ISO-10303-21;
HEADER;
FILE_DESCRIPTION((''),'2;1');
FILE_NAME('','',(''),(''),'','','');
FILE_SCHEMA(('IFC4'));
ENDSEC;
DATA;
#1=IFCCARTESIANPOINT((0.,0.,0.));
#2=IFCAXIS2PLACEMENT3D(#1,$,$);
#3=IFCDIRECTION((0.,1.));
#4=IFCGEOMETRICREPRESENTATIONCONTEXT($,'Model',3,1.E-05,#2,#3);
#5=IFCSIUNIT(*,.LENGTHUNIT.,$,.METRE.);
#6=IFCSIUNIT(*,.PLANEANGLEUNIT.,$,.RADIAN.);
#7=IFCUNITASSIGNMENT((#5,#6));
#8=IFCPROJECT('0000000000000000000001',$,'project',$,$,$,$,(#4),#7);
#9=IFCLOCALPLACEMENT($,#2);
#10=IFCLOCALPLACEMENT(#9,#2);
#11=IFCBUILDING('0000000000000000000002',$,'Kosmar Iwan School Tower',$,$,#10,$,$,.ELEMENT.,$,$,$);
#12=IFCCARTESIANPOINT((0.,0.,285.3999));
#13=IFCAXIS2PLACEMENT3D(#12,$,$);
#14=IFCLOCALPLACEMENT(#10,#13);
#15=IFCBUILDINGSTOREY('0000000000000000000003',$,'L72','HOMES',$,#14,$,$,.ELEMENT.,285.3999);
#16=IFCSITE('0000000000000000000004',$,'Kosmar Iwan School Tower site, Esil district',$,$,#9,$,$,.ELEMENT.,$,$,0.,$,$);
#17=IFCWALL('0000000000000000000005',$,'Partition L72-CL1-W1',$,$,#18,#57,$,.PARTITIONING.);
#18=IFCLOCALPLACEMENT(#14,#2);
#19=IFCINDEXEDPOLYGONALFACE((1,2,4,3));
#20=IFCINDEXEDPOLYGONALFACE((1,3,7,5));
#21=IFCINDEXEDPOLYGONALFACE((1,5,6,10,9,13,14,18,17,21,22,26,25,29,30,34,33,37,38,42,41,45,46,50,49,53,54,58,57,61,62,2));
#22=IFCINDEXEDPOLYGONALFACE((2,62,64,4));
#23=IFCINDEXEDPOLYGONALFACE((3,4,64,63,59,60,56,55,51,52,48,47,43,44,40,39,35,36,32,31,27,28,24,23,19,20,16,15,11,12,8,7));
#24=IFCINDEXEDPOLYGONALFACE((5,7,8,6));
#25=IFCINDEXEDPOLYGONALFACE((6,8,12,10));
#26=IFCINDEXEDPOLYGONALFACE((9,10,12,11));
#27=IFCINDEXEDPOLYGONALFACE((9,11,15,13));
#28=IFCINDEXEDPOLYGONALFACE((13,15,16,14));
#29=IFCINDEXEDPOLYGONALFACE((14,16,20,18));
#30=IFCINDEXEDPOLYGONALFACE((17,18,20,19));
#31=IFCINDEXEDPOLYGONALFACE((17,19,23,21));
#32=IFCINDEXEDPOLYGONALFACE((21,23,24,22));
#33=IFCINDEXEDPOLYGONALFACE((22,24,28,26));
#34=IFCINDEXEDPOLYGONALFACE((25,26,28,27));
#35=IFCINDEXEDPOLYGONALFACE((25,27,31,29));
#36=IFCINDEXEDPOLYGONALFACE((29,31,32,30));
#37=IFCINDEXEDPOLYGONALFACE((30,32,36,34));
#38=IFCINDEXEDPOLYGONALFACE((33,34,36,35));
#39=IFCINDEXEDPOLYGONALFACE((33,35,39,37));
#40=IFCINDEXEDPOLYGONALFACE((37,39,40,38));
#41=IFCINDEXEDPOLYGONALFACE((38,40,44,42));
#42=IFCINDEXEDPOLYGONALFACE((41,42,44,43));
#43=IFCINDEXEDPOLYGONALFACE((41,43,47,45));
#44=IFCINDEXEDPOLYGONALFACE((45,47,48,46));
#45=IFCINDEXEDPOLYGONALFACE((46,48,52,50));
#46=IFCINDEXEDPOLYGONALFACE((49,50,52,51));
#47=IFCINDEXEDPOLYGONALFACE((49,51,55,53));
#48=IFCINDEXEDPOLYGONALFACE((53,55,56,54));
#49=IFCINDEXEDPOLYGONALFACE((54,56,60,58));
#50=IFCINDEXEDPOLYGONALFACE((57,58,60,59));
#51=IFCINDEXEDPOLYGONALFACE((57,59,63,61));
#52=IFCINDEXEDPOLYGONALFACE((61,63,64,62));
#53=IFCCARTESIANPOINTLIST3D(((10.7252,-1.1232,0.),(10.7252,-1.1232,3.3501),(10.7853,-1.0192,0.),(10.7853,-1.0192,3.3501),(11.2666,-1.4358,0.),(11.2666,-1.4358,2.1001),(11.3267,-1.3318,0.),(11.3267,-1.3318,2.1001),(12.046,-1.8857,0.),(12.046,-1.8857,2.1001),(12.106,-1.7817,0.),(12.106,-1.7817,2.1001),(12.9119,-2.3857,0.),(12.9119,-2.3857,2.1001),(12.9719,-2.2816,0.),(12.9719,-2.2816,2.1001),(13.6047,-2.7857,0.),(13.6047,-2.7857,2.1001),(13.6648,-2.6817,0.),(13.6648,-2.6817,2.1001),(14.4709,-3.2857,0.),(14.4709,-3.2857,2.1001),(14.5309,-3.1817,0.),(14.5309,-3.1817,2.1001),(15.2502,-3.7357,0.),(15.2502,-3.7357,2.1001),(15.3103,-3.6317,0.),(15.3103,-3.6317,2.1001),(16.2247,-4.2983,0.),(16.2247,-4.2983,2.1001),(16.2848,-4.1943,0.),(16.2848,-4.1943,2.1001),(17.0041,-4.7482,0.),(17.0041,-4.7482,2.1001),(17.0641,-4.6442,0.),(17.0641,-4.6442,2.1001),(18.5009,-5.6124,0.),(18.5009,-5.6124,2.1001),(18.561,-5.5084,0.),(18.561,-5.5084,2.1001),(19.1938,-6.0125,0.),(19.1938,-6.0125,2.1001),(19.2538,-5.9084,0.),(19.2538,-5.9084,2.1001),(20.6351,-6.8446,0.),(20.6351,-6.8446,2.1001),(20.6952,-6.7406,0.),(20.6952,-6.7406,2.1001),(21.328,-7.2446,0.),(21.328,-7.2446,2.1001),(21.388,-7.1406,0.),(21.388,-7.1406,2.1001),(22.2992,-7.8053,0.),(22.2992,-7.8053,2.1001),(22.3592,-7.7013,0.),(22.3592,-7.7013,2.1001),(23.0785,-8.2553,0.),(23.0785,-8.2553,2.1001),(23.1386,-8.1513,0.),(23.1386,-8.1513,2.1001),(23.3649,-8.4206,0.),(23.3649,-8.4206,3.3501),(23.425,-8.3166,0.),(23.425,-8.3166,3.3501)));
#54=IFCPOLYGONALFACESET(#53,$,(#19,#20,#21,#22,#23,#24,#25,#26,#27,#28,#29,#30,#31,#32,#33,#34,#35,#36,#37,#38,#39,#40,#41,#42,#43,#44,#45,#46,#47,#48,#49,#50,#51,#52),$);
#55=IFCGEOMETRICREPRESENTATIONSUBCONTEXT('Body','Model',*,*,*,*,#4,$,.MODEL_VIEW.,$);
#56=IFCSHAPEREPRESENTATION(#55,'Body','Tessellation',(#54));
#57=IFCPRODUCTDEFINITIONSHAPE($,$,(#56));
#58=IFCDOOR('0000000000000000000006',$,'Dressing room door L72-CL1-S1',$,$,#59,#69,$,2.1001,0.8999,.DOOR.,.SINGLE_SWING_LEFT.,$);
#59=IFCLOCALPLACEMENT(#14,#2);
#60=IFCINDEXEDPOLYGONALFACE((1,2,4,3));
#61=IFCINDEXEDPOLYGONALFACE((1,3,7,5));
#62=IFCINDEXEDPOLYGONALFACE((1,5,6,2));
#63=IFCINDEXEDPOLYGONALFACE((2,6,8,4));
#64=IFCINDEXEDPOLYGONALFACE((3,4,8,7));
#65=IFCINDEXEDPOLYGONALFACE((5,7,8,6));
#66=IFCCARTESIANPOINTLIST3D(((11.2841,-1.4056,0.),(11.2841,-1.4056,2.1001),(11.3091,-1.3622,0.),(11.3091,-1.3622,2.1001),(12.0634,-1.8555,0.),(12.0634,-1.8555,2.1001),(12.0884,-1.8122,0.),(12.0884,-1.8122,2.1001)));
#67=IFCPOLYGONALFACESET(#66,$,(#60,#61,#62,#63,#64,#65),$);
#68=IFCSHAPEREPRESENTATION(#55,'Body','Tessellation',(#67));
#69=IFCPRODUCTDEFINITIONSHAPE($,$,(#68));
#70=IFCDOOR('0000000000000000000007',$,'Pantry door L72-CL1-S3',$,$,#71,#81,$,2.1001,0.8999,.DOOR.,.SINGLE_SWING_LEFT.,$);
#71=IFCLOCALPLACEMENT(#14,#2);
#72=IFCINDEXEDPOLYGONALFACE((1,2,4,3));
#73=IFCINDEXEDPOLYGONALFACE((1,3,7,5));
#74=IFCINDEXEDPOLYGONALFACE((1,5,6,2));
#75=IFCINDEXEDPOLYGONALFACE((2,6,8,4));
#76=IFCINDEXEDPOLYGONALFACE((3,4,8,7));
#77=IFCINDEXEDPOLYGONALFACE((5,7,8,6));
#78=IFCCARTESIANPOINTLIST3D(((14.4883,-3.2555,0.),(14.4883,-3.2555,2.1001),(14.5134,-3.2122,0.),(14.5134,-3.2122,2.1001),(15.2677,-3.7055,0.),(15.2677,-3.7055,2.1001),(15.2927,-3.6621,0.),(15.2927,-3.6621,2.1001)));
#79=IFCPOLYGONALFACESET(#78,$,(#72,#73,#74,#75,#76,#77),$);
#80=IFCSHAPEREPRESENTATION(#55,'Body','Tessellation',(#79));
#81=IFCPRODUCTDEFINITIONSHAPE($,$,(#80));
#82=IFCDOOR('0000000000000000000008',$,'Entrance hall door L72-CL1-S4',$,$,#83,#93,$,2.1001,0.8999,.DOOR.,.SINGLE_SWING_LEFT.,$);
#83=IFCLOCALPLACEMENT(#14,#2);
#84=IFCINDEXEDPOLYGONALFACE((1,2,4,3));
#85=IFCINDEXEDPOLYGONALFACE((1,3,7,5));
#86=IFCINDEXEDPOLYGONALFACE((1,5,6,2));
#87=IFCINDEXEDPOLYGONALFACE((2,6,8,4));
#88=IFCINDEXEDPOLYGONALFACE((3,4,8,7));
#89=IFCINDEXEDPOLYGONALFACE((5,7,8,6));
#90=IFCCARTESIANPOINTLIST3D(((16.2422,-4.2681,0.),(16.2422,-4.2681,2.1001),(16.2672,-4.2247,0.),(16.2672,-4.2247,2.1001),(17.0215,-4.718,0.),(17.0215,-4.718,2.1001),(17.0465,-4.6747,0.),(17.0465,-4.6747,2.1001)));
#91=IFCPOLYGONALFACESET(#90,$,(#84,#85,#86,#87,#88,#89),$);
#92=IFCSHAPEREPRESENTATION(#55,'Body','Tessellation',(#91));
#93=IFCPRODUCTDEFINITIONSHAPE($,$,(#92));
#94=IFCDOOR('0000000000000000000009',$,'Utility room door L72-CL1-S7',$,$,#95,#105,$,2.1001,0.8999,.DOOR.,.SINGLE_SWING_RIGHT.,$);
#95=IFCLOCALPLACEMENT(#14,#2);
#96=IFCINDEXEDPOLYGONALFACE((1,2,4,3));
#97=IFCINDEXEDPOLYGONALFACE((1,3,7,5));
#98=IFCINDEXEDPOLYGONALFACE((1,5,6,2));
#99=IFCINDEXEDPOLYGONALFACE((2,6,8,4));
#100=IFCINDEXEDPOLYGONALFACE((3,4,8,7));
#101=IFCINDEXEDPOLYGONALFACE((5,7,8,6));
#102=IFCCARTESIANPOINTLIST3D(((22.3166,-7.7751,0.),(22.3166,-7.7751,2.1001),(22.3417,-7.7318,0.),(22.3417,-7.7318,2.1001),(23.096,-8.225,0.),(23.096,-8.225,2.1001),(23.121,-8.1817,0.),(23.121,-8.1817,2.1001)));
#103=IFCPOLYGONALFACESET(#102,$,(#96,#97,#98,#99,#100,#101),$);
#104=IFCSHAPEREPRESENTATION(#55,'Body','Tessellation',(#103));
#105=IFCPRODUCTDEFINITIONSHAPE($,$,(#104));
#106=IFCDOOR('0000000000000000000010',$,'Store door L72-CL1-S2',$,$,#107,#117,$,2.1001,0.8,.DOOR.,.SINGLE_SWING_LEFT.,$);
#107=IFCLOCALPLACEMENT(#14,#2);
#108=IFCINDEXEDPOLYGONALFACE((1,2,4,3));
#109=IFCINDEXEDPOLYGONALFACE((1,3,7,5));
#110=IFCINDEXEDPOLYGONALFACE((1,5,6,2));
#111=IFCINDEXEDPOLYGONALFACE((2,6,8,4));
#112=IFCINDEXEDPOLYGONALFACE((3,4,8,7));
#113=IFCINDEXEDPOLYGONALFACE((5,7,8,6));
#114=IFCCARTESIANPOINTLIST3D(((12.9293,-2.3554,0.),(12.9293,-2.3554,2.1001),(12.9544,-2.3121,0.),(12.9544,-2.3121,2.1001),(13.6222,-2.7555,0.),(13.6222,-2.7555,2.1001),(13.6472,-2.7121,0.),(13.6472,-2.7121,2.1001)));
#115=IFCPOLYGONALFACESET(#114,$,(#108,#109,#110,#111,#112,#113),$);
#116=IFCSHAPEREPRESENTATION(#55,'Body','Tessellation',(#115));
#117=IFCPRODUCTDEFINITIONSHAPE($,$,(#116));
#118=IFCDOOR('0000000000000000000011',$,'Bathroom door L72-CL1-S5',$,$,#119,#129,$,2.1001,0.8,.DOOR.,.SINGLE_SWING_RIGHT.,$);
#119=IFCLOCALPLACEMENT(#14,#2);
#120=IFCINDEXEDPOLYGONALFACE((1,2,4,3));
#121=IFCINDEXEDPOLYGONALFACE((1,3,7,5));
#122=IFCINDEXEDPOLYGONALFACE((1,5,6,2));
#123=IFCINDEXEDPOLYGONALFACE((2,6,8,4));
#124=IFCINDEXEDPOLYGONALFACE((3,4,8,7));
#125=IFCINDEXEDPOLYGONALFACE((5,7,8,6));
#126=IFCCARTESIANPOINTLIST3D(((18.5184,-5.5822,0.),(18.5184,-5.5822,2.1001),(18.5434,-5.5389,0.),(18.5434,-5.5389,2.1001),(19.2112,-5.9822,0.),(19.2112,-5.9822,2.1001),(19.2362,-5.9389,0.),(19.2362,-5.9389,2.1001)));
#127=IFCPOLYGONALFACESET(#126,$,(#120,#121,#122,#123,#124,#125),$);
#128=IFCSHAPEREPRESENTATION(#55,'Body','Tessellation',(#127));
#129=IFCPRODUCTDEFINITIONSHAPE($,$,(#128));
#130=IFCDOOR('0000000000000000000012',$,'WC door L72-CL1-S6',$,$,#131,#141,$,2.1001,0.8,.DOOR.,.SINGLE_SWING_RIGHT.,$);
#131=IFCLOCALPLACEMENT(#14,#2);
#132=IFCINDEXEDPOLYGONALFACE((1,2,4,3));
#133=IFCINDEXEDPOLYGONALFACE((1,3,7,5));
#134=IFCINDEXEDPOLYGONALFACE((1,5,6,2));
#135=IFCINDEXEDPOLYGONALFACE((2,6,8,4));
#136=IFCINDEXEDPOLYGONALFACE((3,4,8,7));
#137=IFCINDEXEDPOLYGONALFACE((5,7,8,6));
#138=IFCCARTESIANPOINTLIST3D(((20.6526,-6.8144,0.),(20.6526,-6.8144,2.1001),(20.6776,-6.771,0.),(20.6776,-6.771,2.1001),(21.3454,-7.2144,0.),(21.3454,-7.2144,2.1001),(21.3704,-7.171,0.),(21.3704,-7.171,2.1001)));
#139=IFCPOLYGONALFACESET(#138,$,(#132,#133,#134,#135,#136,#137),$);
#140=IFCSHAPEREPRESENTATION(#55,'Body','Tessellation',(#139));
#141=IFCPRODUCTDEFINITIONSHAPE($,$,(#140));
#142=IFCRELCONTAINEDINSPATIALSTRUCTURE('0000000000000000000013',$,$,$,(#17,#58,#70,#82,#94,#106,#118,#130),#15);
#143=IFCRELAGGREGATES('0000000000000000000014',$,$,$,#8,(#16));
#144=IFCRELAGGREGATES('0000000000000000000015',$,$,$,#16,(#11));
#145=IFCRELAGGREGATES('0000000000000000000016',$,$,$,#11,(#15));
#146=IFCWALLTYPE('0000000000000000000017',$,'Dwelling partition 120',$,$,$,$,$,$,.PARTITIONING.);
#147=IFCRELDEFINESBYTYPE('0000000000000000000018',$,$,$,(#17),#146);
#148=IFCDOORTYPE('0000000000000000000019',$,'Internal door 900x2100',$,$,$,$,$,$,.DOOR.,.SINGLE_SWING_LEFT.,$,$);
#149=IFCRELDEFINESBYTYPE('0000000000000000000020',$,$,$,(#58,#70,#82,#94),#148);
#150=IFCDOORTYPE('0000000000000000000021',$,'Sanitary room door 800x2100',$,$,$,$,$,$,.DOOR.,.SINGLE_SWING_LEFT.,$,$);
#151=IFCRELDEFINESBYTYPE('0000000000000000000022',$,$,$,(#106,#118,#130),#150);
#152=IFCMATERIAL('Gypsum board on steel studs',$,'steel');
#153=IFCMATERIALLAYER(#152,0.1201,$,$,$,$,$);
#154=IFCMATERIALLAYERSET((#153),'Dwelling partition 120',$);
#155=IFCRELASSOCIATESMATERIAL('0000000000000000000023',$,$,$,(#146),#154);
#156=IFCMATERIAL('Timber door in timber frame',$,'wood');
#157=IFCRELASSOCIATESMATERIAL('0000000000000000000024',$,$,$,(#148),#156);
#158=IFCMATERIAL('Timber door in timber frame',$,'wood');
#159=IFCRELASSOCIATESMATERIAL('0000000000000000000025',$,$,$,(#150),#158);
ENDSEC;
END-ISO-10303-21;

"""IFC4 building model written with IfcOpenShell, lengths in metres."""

from ifc_helpers import new_model, si_unit, direction, frame, frame_2d, origin, place, context, subcontext, project, spatial, rectangle, extrude, material, layer, layer_set, type_object, element, fill, save


model = new_model("IFC4")

# Units and contexts
model_context = context("Model", 3, precision=1e-05, world=origin(), true_north=direction((0.0, 1.0)))
body_context = subcontext(model_context, "Body", "Model", "MODEL_VIEW")
ifc_project = project(units=[si_unit("LENGTHUNIT", "METRE"), si_unit("PLANEANGLEUNIT", "RADIAN")], contexts=[model_context])

# Site, building, storey
site_placement = place(None, origin())
site = spatial("IfcSite", under=ifc_project, at=site_placement, Name="Kosmar Iwan School Tower site, Esil district", CompositionType="ELEMENT", RefElevation=0.0)
building_placement = place(site_placement, origin())
building = spatial("IfcBuilding", under=site, at=building_placement, Name="Kosmar Iwan School Tower", CompositionType="ELEMENT")
storey_placement = place(building_placement, frame((0.0, 0.0, 285.3999)))
storey = spatial("IfcBuildingStorey", under=building, at=storey_placement, Name="L72", Description="HOMES", CompositionType="ELEMENT", Elevation=285.3999)

# Wall, openings, doors
ifc_material_1 = material(Name="Gypsum board on steel studs", Category="steel")
ifc_layer_1 = layer(ifc_material_1, 0.1201)
ifc_layer_set_1 = layer_set([ifc_layer_1], Name="Dwelling partition 120")
wall_type_1 = type_object("IfcWallType", Name="Dwelling partition 120", PredefinedType="PARTITIONING", material=ifc_layer_set_1)
wall_1_placement = place(storey_placement, frame((10.7554, -1.0713, 0.0), z_axis=(0.0, 0.0, 1.0), x_axis=(0.86603, -0.499993, 0.0)))
wall_1 = element("IfcWall", 1, at=wall_1_placement, inside=storey, type_object=wall_type_1, Name="Partition L72-CL1-W1", PredefinedType="PARTITIONING", context=body_context, shape_type="SweptSolid", body=[
    extrude(rectangle(XDim=14.595, YDim=0.1201, at=frame_2d((7.2974, 0.0))), origin(), (0.0, 0.0, 1.0), 3.3501),
])
opening_1_placement = place(wall_1_placement, frame((0.625, 0.0, 0.0)))
opening_1 = element("IfcOpeningElement", 2, at=opening_1_placement, cuts=wall_1, PredefinedType="OPENING", context=body_context, shape_type="SweptSolid", body=[
    extrude(rectangle(XDim=0.8999, YDim=2.1001, at=frame_2d((0.45, 1.05))), frame((0.0, 0.072, 0.0), z_axis=(0.0, -1.0, 0.0), x_axis=(1.0, 0.0, 0.0)), (0.0, 0.0, 1.0), 0.144),
])
opening_2_placement = place(wall_1_placement, frame((2.5249, 0.0, 0.0)))
opening_2 = element("IfcOpeningElement", 3, at=opening_2_placement, cuts=wall_1, PredefinedType="OPENING", context=body_context, shape_type="SweptSolid", body=[
    extrude(rectangle(XDim=0.8, YDim=2.1001, at=frame_2d((0.3999, 1.05))), frame((0.0, 0.072, 0.0), z_axis=(0.0, -1.0, 0.0), x_axis=(1.0, 0.0, 0.0)), (0.0, 0.0, 1.0), 0.144),
])
opening_3_placement = place(wall_1_placement, frame((4.325, 0.0, 0.0)))
opening_3 = element("IfcOpeningElement", 4, at=opening_3_placement, cuts=wall_1, PredefinedType="OPENING", context=body_context, shape_type="SweptSolid", body=[
    extrude(rectangle(XDim=0.8999, YDim=2.1001, at=frame_2d((0.45, 1.05))), frame((0.0, 0.072, 0.0), z_axis=(0.0, -1.0, 0.0), x_axis=(1.0, 0.0, 0.0)), (0.0, 0.0, 1.0), 0.144),
])
opening_4_placement = place(wall_1_placement, frame((6.3501, 0.0, 0.0)))
opening_4 = element("IfcOpeningElement", 5, at=opening_4_placement, cuts=wall_1, PredefinedType="OPENING", context=body_context, shape_type="SweptSolid", body=[
    extrude(rectangle(XDim=0.8999, YDim=2.1001, at=frame_2d((0.45, 1.05))), frame((0.0, 0.072, 0.0), z_axis=(0.0, -1.0, 0.0), x_axis=(1.0, 0.0, 0.0)), (0.0, 0.0, 1.0), 0.144),
])
opening_5_placement = place(wall_1_placement, frame((8.9785, 0.0, 0.0)))
opening_5 = element("IfcOpeningElement", 6, at=opening_5_placement, cuts=wall_1, PredefinedType="OPENING", context=body_context, shape_type="SweptSolid", body=[
    extrude(rectangle(XDim=0.8, YDim=2.1001, at=frame_2d((0.3999, 1.05))), frame((0.0, 0.072, 0.0), z_axis=(0.0, -1.0, 0.0), x_axis=(1.0, 0.0, 0.0)), (0.0, 0.0, 1.0), 0.144),
])
opening_6_placement = place(wall_1_placement, frame((11.4429, 0.0, 0.0)))
opening_6 = element("IfcOpeningElement", 7, at=opening_6_placement, cuts=wall_1, PredefinedType="OPENING", context=body_context, shape_type="SweptSolid", body=[
    extrude(rectangle(XDim=0.8, YDim=2.1001, at=frame_2d((0.3999, 1.05))), frame((0.0, 0.072, 0.0), z_axis=(0.0, -1.0, 0.0), x_axis=(1.0, 0.0, 0.0)), (0.0, 0.0, 1.0), 0.144),
])
opening_7_placement = place(wall_1_placement, frame((13.3643, 0.0, 0.0)))
opening_7 = element("IfcOpeningElement", 8, at=opening_7_placement, cuts=wall_1, PredefinedType="OPENING", context=body_context, shape_type="SweptSolid", body=[
    extrude(rectangle(XDim=0.8999, YDim=2.1001, at=frame_2d((0.45, 1.05))), frame((0.0, 0.072, 0.0), z_axis=(0.0, -1.0, 0.0), x_axis=(1.0, 0.0, 0.0)), (0.0, 0.0, 1.0), 0.144),
])
ifc_material_2 = material(Name="Timber door in timber frame", Category="wood")
door_type_1 = type_object("IfcDoorType", Name="Internal door 900x2100", OperationType="SINGLE_SWING_LEFT", PredefinedType="DOOR", material=ifc_material_2)
door_1_placement = place(opening_1_placement, origin())
door_1 = element("IfcDoor", 9, at=door_1_placement, inside=storey, type_object=door_type_1, Name="Dressing room door L72-CL1-S1", OperationType="SINGLE_SWING_LEFT", OverallHeight=2.1001, OverallWidth=0.8999, PredefinedType="DOOR", context=body_context, shape_type="SweptSolid", body=[
    extrude(rectangle(XDim=0.8999, YDim=2.1001, at=frame_2d((0.45, 1.05))), frame((0.0, 0.0249, 0.0), z_axis=(0.0, -1.0, 0.0), x_axis=(1.0, 0.0, 0.0)), (0.0, 0.0, 1.0), 0.05),
])
fill(opening_1, door_1)
door_2_placement = place(opening_3_placement, origin())
door_2 = element("IfcDoor", 10, at=door_2_placement, inside=storey, type_object=door_type_1, Name="Pantry door L72-CL1-S3", OperationType="SINGLE_SWING_LEFT", OverallHeight=2.1001, OverallWidth=0.8999, PredefinedType="DOOR", context=body_context, shape_type="SweptSolid", body=[
    extrude(rectangle(XDim=0.8999, YDim=2.1001, at=frame_2d((0.45, 1.05))), frame((0.0, 0.0249, 0.0), z_axis=(0.0, -1.0, 0.0), x_axis=(1.0, 0.0, 0.0)), (0.0, 0.0, 1.0), 0.05),
])
fill(opening_3, door_2)
door_3_placement = place(opening_4_placement, origin())
door_3 = element("IfcDoor", 11, at=door_3_placement, inside=storey, type_object=door_type_1, Name="Entrance hall door L72-CL1-S4", OperationType="SINGLE_SWING_LEFT", OverallHeight=2.1001, OverallWidth=0.8999, PredefinedType="DOOR", context=body_context, shape_type="SweptSolid", body=[
    extrude(rectangle(XDim=0.8999, YDim=2.1001, at=frame_2d((0.45, 1.05))), frame((0.0, 0.0249, 0.0), z_axis=(0.0, -1.0, 0.0), x_axis=(1.0, 0.0, 0.0)), (0.0, 0.0, 1.0), 0.05),
])
fill(opening_4, door_3)
door_4_placement = place(opening_7_placement, origin())
door_4 = element("IfcDoor", 12, at=door_4_placement, inside=storey, type_object=door_type_1, Name="Utility room door L72-CL1-S7", OperationType="SINGLE_SWING_RIGHT", OverallHeight=2.1001, OverallWidth=0.8999, PredefinedType="DOOR", context=body_context, shape_type="SweptSolid", body=[
    extrude(rectangle(XDim=0.8999, YDim=2.1001, at=frame_2d((0.45, 1.05))), frame((0.0, 0.0249, 0.0), z_axis=(0.0, -1.0, 0.0), x_axis=(1.0, 0.0, 0.0)), (0.0, 0.0, 1.0), 0.05),
])
fill(opening_7, door_4)
ifc_material_3 = material(Name="Timber door in timber frame", Category="wood")
door_type_2 = type_object("IfcDoorType", Name="Sanitary room door 800x2100", OperationType="SINGLE_SWING_LEFT", PredefinedType="DOOR", material=ifc_material_3)
door_5_placement = place(opening_2_placement, origin())
door_5 = element("IfcDoor", 13, at=door_5_placement, inside=storey, type_object=door_type_2, Name="Store door L72-CL1-S2", OperationType="SINGLE_SWING_LEFT", OverallHeight=2.1001, OverallWidth=0.8, PredefinedType="DOOR", context=body_context, shape_type="SweptSolid", body=[
    extrude(rectangle(XDim=0.8, YDim=2.1001, at=frame_2d((0.3999, 1.05))), frame((0.0, 0.0249, 0.0), z_axis=(0.0, -1.0, 0.0), x_axis=(1.0, 0.0, 0.0)), (0.0, 0.0, 1.0), 0.05),
])
fill(opening_2, door_5)
door_6_placement = place(opening_5_placement, origin())
door_6 = element("IfcDoor", 14, at=door_6_placement, inside=storey, type_object=door_type_2, Name="Bathroom door L72-CL1-S5", OperationType="SINGLE_SWING_RIGHT", OverallHeight=2.1001, OverallWidth=0.8, PredefinedType="DOOR", context=body_context, shape_type="SweptSolid", body=[
    extrude(rectangle(XDim=0.8, YDim=2.1001, at=frame_2d((0.3999, 1.05))), frame((0.0, 0.0249, 0.0), z_axis=(0.0, -1.0, 0.0), x_axis=(1.0, 0.0, 0.0)), (0.0, 0.0, 1.0), 0.05),
])
fill(opening_5, door_6)
door_7_placement = place(opening_6_placement, origin())
door_7 = element("IfcDoor", 15, at=door_7_placement, inside=storey, type_object=door_type_2, Name="WC door L72-CL1-S6", OperationType="SINGLE_SWING_RIGHT", OverallHeight=2.1001, OverallWidth=0.8, PredefinedType="DOOR", context=body_context, shape_type="SweptSolid", body=[
    extrude(rectangle(XDim=0.8, YDim=2.1001, at=frame_2d((0.3999, 1.05))), frame((0.0, 0.0249, 0.0), z_axis=(0.0, -1.0, 0.0), x_axis=(1.0, 0.0, 0.0)), (0.0, 0.0, 1.0), 0.05),
])
fill(opening_6, door_7)

save(model, "model.ifc")
